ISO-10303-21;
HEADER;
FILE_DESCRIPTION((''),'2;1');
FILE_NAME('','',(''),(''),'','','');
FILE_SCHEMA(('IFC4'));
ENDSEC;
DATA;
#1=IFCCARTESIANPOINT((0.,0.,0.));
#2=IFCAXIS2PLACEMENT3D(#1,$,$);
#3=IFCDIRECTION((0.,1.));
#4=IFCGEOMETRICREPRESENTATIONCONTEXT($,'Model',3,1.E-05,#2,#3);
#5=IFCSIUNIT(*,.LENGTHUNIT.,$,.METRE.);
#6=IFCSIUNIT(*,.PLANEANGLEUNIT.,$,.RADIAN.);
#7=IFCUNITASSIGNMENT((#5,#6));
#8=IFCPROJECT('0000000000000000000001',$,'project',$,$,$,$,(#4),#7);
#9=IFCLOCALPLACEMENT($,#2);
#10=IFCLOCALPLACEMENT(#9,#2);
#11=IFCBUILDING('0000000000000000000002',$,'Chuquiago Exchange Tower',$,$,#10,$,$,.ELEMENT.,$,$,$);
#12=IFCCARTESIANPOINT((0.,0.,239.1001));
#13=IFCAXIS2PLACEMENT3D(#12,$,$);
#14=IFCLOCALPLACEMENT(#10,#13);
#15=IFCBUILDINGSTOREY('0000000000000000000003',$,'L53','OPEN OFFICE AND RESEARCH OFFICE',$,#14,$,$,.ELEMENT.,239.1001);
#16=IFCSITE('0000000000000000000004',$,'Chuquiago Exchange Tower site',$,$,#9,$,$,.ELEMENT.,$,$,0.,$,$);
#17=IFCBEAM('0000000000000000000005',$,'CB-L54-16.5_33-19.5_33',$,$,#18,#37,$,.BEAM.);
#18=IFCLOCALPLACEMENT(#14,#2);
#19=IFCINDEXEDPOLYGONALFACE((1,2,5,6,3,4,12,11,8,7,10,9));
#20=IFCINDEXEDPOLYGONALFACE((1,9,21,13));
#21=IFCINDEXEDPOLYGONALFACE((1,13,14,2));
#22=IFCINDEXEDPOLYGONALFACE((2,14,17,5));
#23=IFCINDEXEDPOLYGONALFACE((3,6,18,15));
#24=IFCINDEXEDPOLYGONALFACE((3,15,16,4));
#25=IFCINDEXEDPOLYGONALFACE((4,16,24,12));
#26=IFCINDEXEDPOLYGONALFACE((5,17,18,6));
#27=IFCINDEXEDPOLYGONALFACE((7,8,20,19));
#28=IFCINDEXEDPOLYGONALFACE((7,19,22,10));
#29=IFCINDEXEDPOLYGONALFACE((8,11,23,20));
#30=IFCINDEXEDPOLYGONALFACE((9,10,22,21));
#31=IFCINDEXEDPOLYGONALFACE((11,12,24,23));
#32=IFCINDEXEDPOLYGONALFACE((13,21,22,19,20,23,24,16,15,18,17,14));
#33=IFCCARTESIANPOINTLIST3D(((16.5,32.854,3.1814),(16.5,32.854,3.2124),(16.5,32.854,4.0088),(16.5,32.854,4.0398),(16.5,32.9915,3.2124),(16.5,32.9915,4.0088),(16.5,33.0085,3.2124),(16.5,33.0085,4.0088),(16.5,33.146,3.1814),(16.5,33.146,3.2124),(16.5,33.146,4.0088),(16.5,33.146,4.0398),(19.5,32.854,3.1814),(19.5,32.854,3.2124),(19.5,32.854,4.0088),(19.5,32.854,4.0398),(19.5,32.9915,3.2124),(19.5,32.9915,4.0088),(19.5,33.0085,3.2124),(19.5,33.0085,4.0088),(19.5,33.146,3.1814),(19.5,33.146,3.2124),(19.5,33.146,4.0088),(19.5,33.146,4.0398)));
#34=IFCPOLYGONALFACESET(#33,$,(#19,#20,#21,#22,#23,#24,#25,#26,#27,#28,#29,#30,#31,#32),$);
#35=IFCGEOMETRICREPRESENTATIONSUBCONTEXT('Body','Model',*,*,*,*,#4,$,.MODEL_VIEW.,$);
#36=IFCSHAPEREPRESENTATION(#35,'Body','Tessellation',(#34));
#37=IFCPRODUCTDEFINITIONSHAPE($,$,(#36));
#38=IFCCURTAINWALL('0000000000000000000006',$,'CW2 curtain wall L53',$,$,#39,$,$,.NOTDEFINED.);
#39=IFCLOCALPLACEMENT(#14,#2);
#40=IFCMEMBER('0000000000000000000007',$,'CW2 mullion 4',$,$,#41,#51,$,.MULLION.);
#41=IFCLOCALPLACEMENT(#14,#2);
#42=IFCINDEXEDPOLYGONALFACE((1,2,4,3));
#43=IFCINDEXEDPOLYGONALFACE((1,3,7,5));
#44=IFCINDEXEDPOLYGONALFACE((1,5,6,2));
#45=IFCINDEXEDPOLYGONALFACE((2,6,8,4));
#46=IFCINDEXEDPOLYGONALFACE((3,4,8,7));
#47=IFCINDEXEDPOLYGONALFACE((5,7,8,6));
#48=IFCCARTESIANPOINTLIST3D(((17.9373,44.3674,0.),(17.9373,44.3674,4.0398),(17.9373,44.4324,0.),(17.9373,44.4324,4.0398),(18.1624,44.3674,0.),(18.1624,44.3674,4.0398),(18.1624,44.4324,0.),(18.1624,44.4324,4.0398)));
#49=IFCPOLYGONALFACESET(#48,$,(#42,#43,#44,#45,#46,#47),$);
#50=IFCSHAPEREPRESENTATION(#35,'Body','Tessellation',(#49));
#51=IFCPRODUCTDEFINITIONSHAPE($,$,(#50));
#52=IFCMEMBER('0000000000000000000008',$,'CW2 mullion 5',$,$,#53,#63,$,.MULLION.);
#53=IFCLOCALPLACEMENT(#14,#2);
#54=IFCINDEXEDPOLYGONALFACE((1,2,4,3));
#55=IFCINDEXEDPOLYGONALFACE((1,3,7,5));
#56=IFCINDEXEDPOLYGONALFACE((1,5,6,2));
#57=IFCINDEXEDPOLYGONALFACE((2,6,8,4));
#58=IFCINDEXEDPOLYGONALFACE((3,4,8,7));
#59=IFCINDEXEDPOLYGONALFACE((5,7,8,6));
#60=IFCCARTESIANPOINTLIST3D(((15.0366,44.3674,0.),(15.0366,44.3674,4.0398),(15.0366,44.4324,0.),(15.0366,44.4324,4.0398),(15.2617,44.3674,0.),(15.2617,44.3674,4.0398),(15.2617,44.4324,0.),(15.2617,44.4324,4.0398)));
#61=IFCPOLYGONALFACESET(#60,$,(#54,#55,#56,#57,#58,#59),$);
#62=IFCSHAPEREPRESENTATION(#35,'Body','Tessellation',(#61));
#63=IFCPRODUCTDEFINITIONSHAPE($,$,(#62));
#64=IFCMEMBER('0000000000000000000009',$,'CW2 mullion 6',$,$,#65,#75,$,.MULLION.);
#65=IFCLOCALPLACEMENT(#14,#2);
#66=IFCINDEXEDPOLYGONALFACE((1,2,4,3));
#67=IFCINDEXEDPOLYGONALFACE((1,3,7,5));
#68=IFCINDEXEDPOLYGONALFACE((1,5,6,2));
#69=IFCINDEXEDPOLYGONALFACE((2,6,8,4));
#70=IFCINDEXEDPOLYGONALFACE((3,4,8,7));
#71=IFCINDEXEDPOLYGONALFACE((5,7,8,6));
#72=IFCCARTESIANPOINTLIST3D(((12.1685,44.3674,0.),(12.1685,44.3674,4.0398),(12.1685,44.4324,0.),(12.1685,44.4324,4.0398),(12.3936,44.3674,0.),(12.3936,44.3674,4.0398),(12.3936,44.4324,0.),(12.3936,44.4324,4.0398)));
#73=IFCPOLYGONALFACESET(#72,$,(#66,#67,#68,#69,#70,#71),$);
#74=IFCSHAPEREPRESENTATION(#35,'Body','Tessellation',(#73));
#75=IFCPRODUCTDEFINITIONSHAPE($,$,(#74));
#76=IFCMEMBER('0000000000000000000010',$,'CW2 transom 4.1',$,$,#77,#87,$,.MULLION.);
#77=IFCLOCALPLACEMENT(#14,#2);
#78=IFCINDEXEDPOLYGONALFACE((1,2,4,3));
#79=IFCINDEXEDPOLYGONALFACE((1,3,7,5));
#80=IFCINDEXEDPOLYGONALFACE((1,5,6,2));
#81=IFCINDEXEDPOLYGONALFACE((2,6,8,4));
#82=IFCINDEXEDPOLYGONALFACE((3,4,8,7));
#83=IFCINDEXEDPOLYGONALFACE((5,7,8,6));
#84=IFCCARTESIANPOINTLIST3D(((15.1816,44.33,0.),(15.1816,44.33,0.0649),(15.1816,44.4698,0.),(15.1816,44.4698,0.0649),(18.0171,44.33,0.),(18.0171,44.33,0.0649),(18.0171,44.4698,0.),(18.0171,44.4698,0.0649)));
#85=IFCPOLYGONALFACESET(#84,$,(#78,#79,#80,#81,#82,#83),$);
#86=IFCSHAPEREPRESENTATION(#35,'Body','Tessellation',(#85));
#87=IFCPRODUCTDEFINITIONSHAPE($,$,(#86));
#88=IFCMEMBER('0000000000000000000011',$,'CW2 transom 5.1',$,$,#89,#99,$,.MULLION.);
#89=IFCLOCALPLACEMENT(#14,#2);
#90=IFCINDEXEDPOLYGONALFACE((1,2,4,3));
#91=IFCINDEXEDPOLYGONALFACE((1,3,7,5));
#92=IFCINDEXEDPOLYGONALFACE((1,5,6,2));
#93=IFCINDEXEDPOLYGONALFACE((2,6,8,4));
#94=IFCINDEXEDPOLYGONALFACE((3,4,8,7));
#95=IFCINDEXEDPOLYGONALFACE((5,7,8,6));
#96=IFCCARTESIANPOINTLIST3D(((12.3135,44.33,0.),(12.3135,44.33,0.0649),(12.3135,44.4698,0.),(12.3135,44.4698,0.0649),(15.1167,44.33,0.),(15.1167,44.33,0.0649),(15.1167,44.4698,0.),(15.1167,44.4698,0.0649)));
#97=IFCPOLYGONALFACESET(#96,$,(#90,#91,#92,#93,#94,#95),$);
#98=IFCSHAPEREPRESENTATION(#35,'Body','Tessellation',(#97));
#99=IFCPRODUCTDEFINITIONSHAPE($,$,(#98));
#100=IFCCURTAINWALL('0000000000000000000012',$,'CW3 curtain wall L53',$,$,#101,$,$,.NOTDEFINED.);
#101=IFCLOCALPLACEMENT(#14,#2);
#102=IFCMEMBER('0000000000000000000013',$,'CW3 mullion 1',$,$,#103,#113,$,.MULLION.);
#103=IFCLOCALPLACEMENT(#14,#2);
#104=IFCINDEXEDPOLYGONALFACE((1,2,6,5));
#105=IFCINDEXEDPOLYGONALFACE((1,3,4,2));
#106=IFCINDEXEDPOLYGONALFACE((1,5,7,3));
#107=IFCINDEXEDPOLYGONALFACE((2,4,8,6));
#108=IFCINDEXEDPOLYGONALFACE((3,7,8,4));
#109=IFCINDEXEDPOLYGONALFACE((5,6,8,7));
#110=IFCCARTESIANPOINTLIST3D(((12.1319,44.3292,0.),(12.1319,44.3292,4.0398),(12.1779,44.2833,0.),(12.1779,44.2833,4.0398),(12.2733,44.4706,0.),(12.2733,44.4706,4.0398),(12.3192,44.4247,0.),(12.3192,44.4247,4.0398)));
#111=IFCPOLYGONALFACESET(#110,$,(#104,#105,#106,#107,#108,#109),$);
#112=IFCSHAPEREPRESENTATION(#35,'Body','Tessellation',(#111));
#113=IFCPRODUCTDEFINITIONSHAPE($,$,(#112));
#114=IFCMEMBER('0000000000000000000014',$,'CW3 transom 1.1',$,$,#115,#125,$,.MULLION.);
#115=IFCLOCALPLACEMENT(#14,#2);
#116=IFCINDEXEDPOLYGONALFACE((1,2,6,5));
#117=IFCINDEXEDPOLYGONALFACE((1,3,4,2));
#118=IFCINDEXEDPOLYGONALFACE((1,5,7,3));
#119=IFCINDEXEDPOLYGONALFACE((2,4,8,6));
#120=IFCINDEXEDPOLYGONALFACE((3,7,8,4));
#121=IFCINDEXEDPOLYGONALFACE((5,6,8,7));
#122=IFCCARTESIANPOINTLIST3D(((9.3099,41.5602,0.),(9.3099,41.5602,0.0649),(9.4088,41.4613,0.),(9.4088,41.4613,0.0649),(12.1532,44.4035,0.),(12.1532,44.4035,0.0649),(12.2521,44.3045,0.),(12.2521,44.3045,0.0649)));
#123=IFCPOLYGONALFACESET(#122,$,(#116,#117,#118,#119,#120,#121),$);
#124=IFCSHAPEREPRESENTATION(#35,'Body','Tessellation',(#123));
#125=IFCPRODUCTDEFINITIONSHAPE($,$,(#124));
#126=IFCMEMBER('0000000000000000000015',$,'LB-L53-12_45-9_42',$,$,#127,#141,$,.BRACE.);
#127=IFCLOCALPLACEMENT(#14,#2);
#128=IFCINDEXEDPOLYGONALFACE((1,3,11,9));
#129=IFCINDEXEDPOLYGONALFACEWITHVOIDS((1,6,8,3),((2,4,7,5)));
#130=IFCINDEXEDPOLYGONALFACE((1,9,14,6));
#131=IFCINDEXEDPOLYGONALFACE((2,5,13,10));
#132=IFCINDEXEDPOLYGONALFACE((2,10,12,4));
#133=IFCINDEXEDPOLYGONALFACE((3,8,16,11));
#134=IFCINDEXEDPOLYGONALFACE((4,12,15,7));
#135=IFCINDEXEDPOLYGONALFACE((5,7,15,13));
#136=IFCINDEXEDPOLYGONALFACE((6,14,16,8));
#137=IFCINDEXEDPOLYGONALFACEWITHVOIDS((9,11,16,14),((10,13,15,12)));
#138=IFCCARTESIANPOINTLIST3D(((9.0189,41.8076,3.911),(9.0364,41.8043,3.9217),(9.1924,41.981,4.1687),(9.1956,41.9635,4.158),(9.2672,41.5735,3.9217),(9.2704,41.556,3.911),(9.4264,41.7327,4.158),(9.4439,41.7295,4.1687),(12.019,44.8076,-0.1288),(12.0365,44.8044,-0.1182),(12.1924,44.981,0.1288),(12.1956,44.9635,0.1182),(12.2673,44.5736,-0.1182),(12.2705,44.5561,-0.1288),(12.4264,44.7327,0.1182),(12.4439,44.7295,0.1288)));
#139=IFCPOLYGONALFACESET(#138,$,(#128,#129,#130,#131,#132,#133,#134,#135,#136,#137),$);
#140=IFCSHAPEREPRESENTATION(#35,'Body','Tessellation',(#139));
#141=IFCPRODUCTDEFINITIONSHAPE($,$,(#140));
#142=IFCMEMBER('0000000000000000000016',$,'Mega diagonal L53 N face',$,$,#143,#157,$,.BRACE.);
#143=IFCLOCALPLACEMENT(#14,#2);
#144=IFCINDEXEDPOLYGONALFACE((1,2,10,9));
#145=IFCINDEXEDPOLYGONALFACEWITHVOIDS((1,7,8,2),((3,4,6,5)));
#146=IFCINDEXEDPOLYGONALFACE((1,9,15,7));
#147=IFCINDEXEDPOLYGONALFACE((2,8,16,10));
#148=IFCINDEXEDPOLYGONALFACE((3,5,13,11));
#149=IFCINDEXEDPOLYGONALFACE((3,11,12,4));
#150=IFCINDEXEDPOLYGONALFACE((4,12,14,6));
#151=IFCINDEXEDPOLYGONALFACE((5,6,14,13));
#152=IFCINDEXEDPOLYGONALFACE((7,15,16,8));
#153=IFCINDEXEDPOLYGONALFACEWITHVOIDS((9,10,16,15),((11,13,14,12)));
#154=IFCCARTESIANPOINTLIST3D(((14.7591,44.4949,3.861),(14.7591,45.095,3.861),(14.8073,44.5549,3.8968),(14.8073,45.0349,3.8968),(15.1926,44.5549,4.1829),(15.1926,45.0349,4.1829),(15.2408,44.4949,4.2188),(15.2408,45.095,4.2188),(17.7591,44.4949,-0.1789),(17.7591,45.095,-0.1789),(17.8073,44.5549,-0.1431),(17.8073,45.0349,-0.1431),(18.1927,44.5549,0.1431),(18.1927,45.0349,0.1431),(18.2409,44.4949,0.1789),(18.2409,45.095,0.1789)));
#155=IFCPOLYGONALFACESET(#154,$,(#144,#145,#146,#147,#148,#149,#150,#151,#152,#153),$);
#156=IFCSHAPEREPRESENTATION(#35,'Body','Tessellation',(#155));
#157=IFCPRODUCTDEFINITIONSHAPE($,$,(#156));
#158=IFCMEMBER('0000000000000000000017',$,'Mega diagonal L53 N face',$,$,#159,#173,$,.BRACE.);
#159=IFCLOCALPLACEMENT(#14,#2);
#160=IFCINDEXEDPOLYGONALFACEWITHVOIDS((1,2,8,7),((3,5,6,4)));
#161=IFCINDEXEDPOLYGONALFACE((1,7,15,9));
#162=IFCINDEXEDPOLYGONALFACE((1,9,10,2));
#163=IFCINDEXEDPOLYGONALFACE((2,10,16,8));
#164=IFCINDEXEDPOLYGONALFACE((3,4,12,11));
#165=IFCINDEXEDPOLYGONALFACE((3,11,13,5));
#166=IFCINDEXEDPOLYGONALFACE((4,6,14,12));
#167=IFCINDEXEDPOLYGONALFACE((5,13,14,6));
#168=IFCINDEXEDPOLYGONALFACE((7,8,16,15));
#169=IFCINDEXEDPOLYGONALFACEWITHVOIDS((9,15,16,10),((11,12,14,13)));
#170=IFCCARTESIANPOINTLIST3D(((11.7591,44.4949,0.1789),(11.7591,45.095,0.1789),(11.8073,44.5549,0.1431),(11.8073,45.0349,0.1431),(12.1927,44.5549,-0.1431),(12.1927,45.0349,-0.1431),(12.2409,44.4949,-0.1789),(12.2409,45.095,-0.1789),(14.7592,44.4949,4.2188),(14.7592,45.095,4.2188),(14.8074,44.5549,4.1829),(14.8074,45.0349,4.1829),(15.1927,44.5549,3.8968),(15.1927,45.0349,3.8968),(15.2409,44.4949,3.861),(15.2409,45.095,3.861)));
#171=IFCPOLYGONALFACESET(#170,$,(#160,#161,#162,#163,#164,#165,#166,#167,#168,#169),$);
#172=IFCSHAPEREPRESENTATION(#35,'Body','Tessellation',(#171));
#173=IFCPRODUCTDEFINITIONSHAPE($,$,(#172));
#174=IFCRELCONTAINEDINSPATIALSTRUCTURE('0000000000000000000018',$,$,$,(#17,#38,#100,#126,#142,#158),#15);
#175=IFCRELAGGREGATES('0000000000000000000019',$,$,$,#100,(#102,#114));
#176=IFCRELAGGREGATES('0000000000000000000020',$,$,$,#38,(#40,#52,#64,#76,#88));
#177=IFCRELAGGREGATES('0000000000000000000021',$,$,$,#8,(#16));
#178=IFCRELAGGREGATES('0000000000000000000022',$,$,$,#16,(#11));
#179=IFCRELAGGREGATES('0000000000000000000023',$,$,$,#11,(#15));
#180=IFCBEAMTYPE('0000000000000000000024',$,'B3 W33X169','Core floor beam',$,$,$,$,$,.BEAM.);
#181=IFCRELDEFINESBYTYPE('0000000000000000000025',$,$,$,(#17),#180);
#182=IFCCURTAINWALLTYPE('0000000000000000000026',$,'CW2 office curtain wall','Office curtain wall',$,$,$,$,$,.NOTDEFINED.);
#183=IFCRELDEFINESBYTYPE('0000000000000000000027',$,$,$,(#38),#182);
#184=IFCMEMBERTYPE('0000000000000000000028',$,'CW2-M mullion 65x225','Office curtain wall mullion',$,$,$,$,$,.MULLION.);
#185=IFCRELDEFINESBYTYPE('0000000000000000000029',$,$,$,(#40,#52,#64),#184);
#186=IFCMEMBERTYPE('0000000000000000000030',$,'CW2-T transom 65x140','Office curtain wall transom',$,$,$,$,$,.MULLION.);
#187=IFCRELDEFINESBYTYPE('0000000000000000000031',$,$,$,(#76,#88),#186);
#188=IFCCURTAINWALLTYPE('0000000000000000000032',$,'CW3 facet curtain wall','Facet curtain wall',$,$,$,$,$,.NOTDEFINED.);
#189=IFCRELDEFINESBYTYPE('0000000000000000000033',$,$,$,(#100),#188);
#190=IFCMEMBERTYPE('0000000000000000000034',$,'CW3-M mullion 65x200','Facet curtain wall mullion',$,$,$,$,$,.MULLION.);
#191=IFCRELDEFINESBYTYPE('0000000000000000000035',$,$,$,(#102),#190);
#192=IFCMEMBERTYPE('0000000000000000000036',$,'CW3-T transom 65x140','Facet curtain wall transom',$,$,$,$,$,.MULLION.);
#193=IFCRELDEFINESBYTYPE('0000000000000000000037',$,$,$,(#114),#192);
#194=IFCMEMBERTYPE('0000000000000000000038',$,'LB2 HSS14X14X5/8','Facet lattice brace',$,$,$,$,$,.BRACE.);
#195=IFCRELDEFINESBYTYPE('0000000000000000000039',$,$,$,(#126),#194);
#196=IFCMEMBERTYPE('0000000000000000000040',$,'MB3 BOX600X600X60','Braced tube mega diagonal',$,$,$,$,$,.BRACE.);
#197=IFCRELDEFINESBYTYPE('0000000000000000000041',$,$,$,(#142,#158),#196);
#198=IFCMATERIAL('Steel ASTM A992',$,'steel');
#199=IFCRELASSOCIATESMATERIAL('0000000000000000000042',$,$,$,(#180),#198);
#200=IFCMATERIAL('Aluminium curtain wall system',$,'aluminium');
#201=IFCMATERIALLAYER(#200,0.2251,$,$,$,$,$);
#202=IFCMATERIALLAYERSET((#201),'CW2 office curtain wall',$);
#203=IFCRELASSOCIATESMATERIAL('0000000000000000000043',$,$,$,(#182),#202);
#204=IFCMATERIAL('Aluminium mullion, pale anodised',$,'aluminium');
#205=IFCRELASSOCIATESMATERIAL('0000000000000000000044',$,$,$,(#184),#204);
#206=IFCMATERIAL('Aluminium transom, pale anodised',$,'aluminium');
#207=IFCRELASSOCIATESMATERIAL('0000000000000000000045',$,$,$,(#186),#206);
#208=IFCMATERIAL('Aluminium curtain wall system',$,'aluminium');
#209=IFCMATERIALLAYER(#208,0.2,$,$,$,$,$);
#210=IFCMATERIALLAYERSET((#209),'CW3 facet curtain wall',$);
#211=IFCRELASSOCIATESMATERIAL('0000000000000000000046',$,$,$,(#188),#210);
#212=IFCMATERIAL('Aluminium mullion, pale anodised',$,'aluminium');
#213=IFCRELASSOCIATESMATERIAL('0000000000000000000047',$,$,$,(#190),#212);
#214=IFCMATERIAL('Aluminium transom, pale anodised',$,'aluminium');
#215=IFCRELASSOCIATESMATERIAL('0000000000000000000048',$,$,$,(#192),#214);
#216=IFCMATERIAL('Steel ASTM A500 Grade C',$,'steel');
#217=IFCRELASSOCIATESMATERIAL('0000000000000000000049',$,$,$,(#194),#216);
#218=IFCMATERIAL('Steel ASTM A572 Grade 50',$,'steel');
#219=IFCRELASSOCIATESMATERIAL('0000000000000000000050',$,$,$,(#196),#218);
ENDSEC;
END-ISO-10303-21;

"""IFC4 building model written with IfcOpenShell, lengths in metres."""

from ifc_helpers import new_model, si_unit, direction, frame, origin, origin_2d, place, context, subcontext, project, spatial, rectangle, hollow_rectangle, i_section, extrude, material, layer, layer_set, material_profile, profile_set, type_object, element, aggregate, save


model = new_model("IFC4")

# Units and contexts
model_context = context("Model", 3, precision=1e-05, world=origin(), true_north=direction((0.0, 1.0)))
body_context = subcontext(model_context, "Body", "Model", "MODEL_VIEW")
ifc_project = project(units=[si_unit("LENGTHUNIT", "METRE"), si_unit("PLANEANGLEUNIT", "RADIAN")], contexts=[model_context])

# Site, building, storey
site_placement = place(None, origin())
site = spatial("IfcSite", under=ifc_project, at=site_placement, Name="Chuquiago Exchange Tower site", CompositionType="ELEMENT", RefElevation=0.0)
building_placement = place(site_placement, origin())
building = spatial("IfcBuilding", under=site, at=building_placement, Name="Chuquiago Exchange Tower", CompositionType="ELEMENT")
storey_placement = place(building_placement, frame((0.0, 0.0, 239.1001)))
storey = spatial("IfcBuildingStorey", under=building, at=storey_placement, Name="L53", Description="OPEN OFFICE AND RESEARCH OFFICE", CompositionType="ELEMENT", Elevation=239.1001)

# Beam
ifc_material_1 = material(Name="Steel ASTM A992", Category="steel")
ifc_material_profile_1 = material_profile(ifc_material_1, i_section(OverallWidth=0.292, OverallDepth=0.8584, WebThickness=0.0171, FlangeThickness=0.031, at=origin_2d()), Name="W33X169")
ifc_profile_set_1 = profile_set([ifc_material_profile_1], Name="Steel ASTM A992")
beam_type_1 = type_object("IfcBeamType", Name="B3 W33X169", Description="Core floor beam", PredefinedType="BEAM", material=ifc_profile_set_1)
beam_1_placement = place(storey_placement, frame((16.5, 33.0, 3.6106), z_axis=(1.0, 0.0, 0.0), x_axis=(0.0, 1.0, 0.0)))
element("IfcBeam", 1, at=beam_1_placement, inside=storey, type_object=beam_type_1, Name="CB-L54-16.5_33-19.5_33", PredefinedType="BEAM", context=body_context, shape_type="SweptSolid", body=[
    extrude(i_section(OverallWidth=0.292, OverallDepth=0.8584, WebThickness=0.0171, FlangeThickness=0.031, at=origin_2d()), origin(), (0.0, 0.0, 1.0), 3.0),
])

# Curtain walls, members
ifc_material_2 = material(Name="Aluminium curtain wall system", Category="aluminium")
ifc_layer_1 = layer(ifc_material_2, 0.2251)
ifc_layer_set_1 = layer_set([ifc_layer_1], Name="CW2 office curtain wall")
curtain_wall_type_1 = type_object("IfcCurtainWallType", Name="CW2 office curtain wall", Description="Office curtain wall", PredefinedType="NOTDEFINED", material=ifc_layer_set_1)
curtain_wall_1_placement = place(storey_placement, origin())
curtain_wall_1 = element("IfcCurtainWall", 2, at=curtain_wall_1_placement, inside=storey, type_object=curtain_wall_type_1, Name="CW2 curtain wall L53", PredefinedType="NOTDEFINED")
ifc_material_3 = material(Name="Aluminium mullion, pale anodised", Category="aluminium")
ifc_material_profile_2 = material_profile(ifc_material_3, rectangle(XDim=0.0649, YDim=0.2251, at=origin_2d()), Name="AL 65x225")
ifc_profile_set_2 = profile_set([ifc_material_profile_2], Name="Aluminium mullion, pale anodised")
member_type_1 = type_object("IfcMemberType", Name="CW2-M mullion 65x225", Description="Office curtain wall mullion", PredefinedType="MULLION", material=ifc_profile_set_2)
member_1_placement = place(storey_placement, frame((18.0498, 44.3999, 0.0), z_axis=(0.0, 0.0, 1.0), x_axis=(0.0, -1.0, 0.0)))
member_1 = element("IfcMember", 3, at=member_1_placement, type_object=member_type_1, Name="CW2 mullion 4", PredefinedType="MULLION", context=body_context, shape_type="SweptSolid", body=[
    extrude(rectangle(XDim=0.0649, YDim=0.2251, at=origin_2d()), origin(), (0.0, 0.0, 1.0), 4.0398),
])
member_2_placement = place(storey_placement, frame((15.1492, 44.3999, 0.0), z_axis=(0.0, 0.0, 1.0), x_axis=(0.0, -1.0, 0.0)))
member_2 = element("IfcMember", 4, at=member_2_placement, type_object=member_type_1, Name="CW2 mullion 5", PredefinedType="MULLION", context=body_context, shape_type="SweptSolid", body=[
    extrude(rectangle(XDim=0.0649, YDim=0.2251, at=origin_2d()), origin(), (0.0, 0.0, 1.0), 4.0398),
])
member_3_placement = place(storey_placement, frame((12.281, 44.3999, 0.0), z_axis=(0.0, 0.0, 1.0), x_axis=(0.0, -1.0, 0.0)))
member_3 = element("IfcMember", 5, at=member_3_placement, type_object=member_type_1, Name="CW2 mullion 6", PredefinedType="MULLION", context=body_context, shape_type="SweptSolid", body=[
    extrude(rectangle(XDim=0.0649, YDim=0.2251, at=origin_2d()), origin(), (0.0, 0.0, 1.0), 4.0398),
])
ifc_material_4 = material(Name="Aluminium transom, pale anodised", Category="aluminium")
ifc_material_profile_3 = material_profile(ifc_material_4, rectangle(XDim=0.1399, YDim=0.0649, at=origin_2d()), Name="AL 140x65")
ifc_profile_set_3 = profile_set([ifc_material_profile_3], Name="Aluminium transom, pale anodised")
member_type_2 = type_object("IfcMemberType", Name="CW2-T transom 65x140", Description="Office curtain wall transom", PredefinedType="MULLION", material=ifc_profile_set_3)
member_4_placement = place(storey_placement, frame((18.0171, 44.3999, 0.0325), z_axis=(-1.0, 0.0, 0.0), x_axis=(0.0, -1.0, 0.0)))
member_4 = element("IfcMember", 6, at=member_4_placement, type_object=member_type_2, Name="CW2 transom 4.1", PredefinedType="MULLION", context=body_context, shape_type="SweptSolid", body=[
    extrude(rectangle(XDim=0.1399, YDim=0.0649, at=origin_2d()), origin(), (0.0, 0.0, 1.0), 2.8354),
])
member_5_placement = place(storey_placement, frame((15.1167, 44.3999, 0.0325), z_axis=(-1.0, 0.0, 0.0), x_axis=(0.0, -1.0, 0.0)))
member_5 = element("IfcMember", 7, at=member_5_placement, type_object=member_type_2, Name="CW2 transom 5.1", PredefinedType="MULLION", context=body_context, shape_type="SweptSolid", body=[
    extrude(rectangle(XDim=0.1399, YDim=0.0649, at=origin_2d()), origin(), (0.0, 0.0, 1.0), 2.8032),
])
ifc_material_5 = material(Name="Aluminium curtain wall system", Category="aluminium")
ifc_layer_2 = layer(ifc_material_5, 0.2)
ifc_layer_set_2 = layer_set([ifc_layer_2], Name="CW3 facet curtain wall")
curtain_wall_type_2 = type_object("IfcCurtainWallType", Name="CW3 facet curtain wall", Description="Facet curtain wall", PredefinedType="NOTDEFINED", material=ifc_layer_set_2)
curtain_wall_2_placement = place(storey_placement, origin())
curtain_wall_2 = element("IfcCurtainWall", 8, at=curtain_wall_2_placement, inside=storey, type_object=curtain_wall_type_2, Name="CW3 curtain wall L53", PredefinedType="NOTDEFINED")
ifc_material_6 = material(Name="Aluminium mullion, pale anodised", Category="aluminium")
ifc_material_profile_4 = material_profile(ifc_material_6, rectangle(XDim=0.0649, YDim=0.2, at=origin_2d()), Name="AL 65x200")
ifc_profile_set_4 = profile_set([ifc_material_profile_4], Name="Aluminium mullion, pale anodised")
member_type_3 = type_object("IfcMemberType", Name="CW3-M mullion 65x200", Description="Facet curtain wall mullion", PredefinedType="MULLION", material=ifc_profile_set_4)
member_6_placement = place(storey_placement, frame((12.2256, 44.377, 0.0), z_axis=(0.0, 0.0, 1.0), x_axis=(0.707107, -0.707107, 0.0)))
member_6 = element("IfcMember", 9, at=member_6_placement, type_object=member_type_3, Name="CW3 mullion 1", PredefinedType="MULLION", context=body_context, shape_type="SweptSolid", body=[
    extrude(rectangle(XDim=0.0649, YDim=0.2, at=origin_2d()), origin(), (0.0, 0.0, 1.0), 4.0398),
])
ifc_material_7 = material(Name="Aluminium transom, pale anodised", Category="aluminium")
ifc_material_profile_5 = material_profile(ifc_material_7, rectangle(XDim=0.1399, YDim=0.0649, at=origin_2d()), Name="AL 140x65")
ifc_profile_set_5 = profile_set([ifc_material_profile_5], Name="Aluminium transom, pale anodised")
member_type_4 = type_object("IfcMemberType", Name="CW3-T transom 65x140", Description="Facet curtain wall transom", PredefinedType="MULLION", material=ifc_profile_set_5)
member_7_placement = place(storey_placement, frame((12.2026, 44.354, 0.0325), z_axis=(-0.707107, -0.707107, 0.0), x_axis=(0.707107, -0.707107, 0.0)))
member_7 = element("IfcMember", 10, at=member_7_placement, type_object=member_type_4, Name="CW3 transom 1.1", PredefinedType="MULLION", context=body_context, shape_type="SweptSolid", body=[
    extrude(rectangle(XDim=0.1399, YDim=0.0649, at=origin_2d()), origin(), (0.0, 0.0, 1.0), 4.021),
])
aggregate(curtain_wall_2, [member_6, member_7])

# Members
ifc_material_8 = material(Name="Steel ASTM A500 Grade C", Category="steel")
ifc_material_profile_6 = material_profile(ifc_material_8, hollow_rectangle(XDim=0.3557, YDim=0.3557, WallThickness=0.0146, at=origin_2d()), Name="HSS14X14X5/8")
ifc_profile_set_6 = profile_set([ifc_material_profile_6], Name="Steel ASTM A500 Grade C")
member_type_5 = type_object("IfcMemberType", Name="LB2 HSS14X14X5/8", Description="Facet lattice brace", PredefinedType="BRACE", material=ifc_profile_set_6)
member_8_placement = place(storey_placement, frame((12.2314, 44.7686, 0.0), z_axis=(-0.512092, -0.512092, 0.689582), x_axis=(0.707107, -0.707107, 0.0)))
element("IfcMember", 11, at=member_8_placement, inside=storey, type_object=member_type_5, Name="LB-L53-12_45-9_42", PredefinedType="BRACE", context=body_context, shape_type="SweptSolid", body=[
    extrude(hollow_rectangle(XDim=0.3557, YDim=0.3557, WallThickness=0.0146, at=origin_2d()), origin(), (0.0, 0.0, 1.0), 5.8584),
])
ifc_material_9 = material(Name="Steel ASTM A572 Grade 50", Category="steel")
ifc_material_profile_7 = material_profile(ifc_material_9, hollow_rectangle(XDim=0.6001, YDim=0.6001, WallThickness=0.0601, at=origin_2d()), Name="BOX600X600X60")
ifc_profile_set_7 = profile_set([ifc_material_profile_7], Name="Steel ASTM A572 Grade 50")
member_type_6 = type_object("IfcMemberType", Name="MB3 BOX600X600X60", Description="Braced tube mega diagonal", PredefinedType="BRACE", material=ifc_profile_set_7)
for number, where, z_axis, x_axis, name in (
    (12, (18.0, 44.7949, 0.0), (-0.596197, 0.0, 0.802838), (0.0, -1.0, 0.0), "Mega diagonal L53 N face"),
    (13, (12.0, 44.7949, 0.0), (0.596197, 0.0, 0.802838), (0.0, 1.0, 0.0), "Mega diagonal L53 N face"),
):
    element("IfcMember", number, at=place(storey_placement, frame(where, z_axis=z_axis, x_axis=x_axis)), inside=storey, type_object=member_type_6, Name=name, PredefinedType="BRACE", context=body_context, shape_type="SweptSolid", body=[
        extrude(hollow_rectangle(XDim=0.6001, YDim=0.6001, WallThickness=0.0601, at=origin_2d()), origin(), (0.0, 0.0, 1.0), 5.032),
    ])

aggregate(curtain_wall_1, [member_1, member_2, member_3, member_4, member_5])

save(model, "model.ifc")
